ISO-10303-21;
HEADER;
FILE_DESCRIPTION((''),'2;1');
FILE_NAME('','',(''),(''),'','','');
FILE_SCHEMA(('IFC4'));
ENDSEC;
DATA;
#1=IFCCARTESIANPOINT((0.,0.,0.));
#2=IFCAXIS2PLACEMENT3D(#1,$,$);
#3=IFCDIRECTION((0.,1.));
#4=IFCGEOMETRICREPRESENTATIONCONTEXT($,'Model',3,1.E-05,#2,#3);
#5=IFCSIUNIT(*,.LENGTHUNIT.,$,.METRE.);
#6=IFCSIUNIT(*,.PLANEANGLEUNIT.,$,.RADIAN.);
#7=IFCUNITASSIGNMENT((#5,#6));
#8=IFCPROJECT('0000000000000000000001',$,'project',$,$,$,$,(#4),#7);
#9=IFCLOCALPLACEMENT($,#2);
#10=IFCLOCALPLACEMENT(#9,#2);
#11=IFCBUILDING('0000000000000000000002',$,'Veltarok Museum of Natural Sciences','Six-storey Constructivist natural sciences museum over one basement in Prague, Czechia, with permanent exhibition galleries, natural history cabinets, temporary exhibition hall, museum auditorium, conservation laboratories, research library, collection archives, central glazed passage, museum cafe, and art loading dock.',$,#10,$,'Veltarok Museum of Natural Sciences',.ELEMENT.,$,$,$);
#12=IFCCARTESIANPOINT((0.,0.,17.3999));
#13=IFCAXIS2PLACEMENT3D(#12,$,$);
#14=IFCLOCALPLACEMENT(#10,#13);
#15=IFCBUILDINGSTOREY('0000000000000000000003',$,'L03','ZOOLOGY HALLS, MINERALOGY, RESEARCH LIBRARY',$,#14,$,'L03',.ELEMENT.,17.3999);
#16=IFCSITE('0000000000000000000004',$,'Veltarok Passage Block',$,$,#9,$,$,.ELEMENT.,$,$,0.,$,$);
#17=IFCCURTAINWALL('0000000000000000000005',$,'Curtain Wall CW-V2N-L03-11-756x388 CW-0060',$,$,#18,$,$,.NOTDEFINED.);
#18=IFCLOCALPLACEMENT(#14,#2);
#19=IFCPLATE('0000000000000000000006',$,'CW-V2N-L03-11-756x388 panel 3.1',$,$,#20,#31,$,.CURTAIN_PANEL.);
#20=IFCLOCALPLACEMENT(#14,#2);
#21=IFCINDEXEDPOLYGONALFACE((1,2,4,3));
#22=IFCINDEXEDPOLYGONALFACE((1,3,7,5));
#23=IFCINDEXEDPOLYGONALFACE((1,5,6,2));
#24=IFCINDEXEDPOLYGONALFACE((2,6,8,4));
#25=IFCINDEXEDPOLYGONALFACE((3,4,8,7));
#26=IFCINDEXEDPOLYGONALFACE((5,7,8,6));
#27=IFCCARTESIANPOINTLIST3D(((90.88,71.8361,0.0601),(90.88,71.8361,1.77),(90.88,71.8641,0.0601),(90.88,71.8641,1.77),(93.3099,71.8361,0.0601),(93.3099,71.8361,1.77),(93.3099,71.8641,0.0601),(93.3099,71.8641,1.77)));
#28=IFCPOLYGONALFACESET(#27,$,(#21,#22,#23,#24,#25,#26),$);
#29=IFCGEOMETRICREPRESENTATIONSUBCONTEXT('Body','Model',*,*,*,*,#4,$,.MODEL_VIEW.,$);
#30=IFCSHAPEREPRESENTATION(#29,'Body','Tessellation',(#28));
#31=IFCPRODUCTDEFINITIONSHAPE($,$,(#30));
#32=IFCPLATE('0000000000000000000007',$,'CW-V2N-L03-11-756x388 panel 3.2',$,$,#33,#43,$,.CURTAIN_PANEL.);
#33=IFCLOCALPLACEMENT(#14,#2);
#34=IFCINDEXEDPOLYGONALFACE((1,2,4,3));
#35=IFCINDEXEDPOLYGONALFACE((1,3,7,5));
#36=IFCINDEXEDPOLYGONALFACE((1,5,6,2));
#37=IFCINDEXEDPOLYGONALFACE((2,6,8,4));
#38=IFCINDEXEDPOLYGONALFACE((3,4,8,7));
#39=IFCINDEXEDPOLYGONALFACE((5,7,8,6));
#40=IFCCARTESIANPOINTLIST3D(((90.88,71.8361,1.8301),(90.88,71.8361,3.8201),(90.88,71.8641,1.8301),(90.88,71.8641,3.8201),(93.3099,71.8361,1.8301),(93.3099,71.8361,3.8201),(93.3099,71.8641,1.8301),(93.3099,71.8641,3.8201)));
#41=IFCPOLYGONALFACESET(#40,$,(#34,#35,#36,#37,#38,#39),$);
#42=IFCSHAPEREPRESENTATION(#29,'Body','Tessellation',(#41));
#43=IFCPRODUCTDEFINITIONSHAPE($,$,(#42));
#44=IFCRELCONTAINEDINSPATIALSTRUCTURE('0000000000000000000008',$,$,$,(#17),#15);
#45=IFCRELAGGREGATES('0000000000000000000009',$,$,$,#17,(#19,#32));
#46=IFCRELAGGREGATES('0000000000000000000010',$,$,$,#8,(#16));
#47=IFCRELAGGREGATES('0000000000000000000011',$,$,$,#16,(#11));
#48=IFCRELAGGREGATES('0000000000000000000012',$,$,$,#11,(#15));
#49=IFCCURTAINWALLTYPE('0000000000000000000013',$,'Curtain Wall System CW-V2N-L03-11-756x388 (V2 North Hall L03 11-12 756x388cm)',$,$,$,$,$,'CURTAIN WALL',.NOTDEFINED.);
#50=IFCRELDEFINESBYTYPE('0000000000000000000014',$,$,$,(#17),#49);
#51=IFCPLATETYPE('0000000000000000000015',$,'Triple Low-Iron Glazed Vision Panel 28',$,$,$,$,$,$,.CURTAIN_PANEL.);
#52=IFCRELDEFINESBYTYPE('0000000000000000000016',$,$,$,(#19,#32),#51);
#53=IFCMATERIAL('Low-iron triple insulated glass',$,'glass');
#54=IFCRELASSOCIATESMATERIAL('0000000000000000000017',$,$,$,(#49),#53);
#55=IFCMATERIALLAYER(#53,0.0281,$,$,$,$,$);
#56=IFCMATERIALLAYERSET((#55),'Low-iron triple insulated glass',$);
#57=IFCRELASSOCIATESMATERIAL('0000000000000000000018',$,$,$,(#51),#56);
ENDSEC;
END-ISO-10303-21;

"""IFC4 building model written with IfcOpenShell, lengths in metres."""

from ifc_helpers import new_model, si_unit, direction, frame, origin, origin_2d, place, context, subcontext, project, spatial, rectangle, extrude, material, layer, layer_set, type_object, element, aggregate, save


model = new_model("IFC4")

# Units and contexts
model_context = context("Model", 3, precision=1e-05, world=origin(), true_north=direction((0.0, 1.0)))
body_context = subcontext(model_context, "Body", "Model", "MODEL_VIEW")
ifc_project = project(units=[si_unit("LENGTHUNIT", "METRE"), si_unit("PLANEANGLEUNIT", "RADIAN")], contexts=[model_context])

# Site, building, storey
site_placement = place(None, origin())
site = spatial("IfcSite", under=ifc_project, at=site_placement, Name="Veltarok Passage Block", CompositionType="ELEMENT", RefElevation=0.0)
building_placement = place(site_placement, origin())
building = spatial("IfcBuilding", under=site, at=building_placement, Name="Veltarok Museum of Natural Sciences", Description="Six-storey Constructivist natural sciences museum over one basement in Prague, Czechia, with permanent exhibition galleries, natural history cabinets, temporary exhibition hall, museum auditorium, conservation laboratories, research library, collection archives, central glazed passage, museum cafe, and art loading dock.", LongName="Veltarok Museum of Natural Sciences", CompositionType="ELEMENT")
storey_placement = place(building_placement, frame((0.0, 0.0, 17.3999)))
storey = spatial("IfcBuildingStorey", under=building, at=storey_placement, Name="L03", Description="ZOOLOGY HALLS, MINERALOGY, RESEARCH LIBRARY", LongName="L03", CompositionType="ELEMENT", Elevation=17.3999)

# Curtain wall
ifc_material_1 = material(Name="Low-iron triple insulated glass", Category="glass")
curtain_wall_type_1 = type_object("IfcCurtainWallType", Name="Curtain Wall System CW-V2N-L03-11-756x388 (V2 North Hall L03 11-12 756x388cm)", ElementType="CURTAIN WALL", PredefinedType="NOTDEFINED", material=ifc_material_1)
curtain_wall_1_placement = place(storey_placement, origin())
curtain_wall_1 = element("IfcCurtainWall", 1, at=curtain_wall_1_placement, inside=storey, type_object=curtain_wall_type_1, Name="Curtain Wall CW-V2N-L03-11-756x388 CW-0060", PredefinedType="NOTDEFINED")

# Plates
ifc_layer = layer(ifc_material_1, 0.0281)
ifc_layer_set = layer_set([ifc_layer], Name="Low-iron triple insulated glass")
plate_type = type_object("IfcPlateType", Name="Triple Low-Iron Glazed Vision Panel 28", PredefinedType="CURTAIN_PANEL", material=ifc_layer_set)
plate_1_placement = place(storey_placement, frame((92.095, 71.8501, 0.0601), z_axis=(0.0, 0.0, 1.0), x_axis=(-1.0, 0.0, 0.0)))
plate_1 = element("IfcPlate", 2, at=plate_1_placement, type_object=plate_type, Name="CW-V2N-L03-11-756x388 panel 3.1", PredefinedType="CURTAIN_PANEL", context=body_context, shape_type="SweptSolid", body=[
    extrude(rectangle(XDim=2.4299, YDim=0.0281, at=origin_2d()), origin(), (0.0, 0.0, 1.0), 1.71),
])
plate_2_placement = place(storey_placement, frame((92.095, 71.8501, 1.8301), z_axis=(0.0, 0.0, 1.0), x_axis=(-1.0, 0.0, 0.0)))
plate_2 = element("IfcPlate", 3, at=plate_2_placement, type_object=plate_type, Name="CW-V2N-L03-11-756x388 panel 3.2", PredefinedType="CURTAIN_PANEL", context=body_context, shape_type="SweptSolid", body=[
    extrude(rectangle(XDim=2.4299, YDim=0.0281, at=origin_2d()), origin(), (0.0, 0.0, 1.0), 1.99),
])
aggregate(curtain_wall_1, [plate_1, plate_2])

save(model, "model.ifc")
